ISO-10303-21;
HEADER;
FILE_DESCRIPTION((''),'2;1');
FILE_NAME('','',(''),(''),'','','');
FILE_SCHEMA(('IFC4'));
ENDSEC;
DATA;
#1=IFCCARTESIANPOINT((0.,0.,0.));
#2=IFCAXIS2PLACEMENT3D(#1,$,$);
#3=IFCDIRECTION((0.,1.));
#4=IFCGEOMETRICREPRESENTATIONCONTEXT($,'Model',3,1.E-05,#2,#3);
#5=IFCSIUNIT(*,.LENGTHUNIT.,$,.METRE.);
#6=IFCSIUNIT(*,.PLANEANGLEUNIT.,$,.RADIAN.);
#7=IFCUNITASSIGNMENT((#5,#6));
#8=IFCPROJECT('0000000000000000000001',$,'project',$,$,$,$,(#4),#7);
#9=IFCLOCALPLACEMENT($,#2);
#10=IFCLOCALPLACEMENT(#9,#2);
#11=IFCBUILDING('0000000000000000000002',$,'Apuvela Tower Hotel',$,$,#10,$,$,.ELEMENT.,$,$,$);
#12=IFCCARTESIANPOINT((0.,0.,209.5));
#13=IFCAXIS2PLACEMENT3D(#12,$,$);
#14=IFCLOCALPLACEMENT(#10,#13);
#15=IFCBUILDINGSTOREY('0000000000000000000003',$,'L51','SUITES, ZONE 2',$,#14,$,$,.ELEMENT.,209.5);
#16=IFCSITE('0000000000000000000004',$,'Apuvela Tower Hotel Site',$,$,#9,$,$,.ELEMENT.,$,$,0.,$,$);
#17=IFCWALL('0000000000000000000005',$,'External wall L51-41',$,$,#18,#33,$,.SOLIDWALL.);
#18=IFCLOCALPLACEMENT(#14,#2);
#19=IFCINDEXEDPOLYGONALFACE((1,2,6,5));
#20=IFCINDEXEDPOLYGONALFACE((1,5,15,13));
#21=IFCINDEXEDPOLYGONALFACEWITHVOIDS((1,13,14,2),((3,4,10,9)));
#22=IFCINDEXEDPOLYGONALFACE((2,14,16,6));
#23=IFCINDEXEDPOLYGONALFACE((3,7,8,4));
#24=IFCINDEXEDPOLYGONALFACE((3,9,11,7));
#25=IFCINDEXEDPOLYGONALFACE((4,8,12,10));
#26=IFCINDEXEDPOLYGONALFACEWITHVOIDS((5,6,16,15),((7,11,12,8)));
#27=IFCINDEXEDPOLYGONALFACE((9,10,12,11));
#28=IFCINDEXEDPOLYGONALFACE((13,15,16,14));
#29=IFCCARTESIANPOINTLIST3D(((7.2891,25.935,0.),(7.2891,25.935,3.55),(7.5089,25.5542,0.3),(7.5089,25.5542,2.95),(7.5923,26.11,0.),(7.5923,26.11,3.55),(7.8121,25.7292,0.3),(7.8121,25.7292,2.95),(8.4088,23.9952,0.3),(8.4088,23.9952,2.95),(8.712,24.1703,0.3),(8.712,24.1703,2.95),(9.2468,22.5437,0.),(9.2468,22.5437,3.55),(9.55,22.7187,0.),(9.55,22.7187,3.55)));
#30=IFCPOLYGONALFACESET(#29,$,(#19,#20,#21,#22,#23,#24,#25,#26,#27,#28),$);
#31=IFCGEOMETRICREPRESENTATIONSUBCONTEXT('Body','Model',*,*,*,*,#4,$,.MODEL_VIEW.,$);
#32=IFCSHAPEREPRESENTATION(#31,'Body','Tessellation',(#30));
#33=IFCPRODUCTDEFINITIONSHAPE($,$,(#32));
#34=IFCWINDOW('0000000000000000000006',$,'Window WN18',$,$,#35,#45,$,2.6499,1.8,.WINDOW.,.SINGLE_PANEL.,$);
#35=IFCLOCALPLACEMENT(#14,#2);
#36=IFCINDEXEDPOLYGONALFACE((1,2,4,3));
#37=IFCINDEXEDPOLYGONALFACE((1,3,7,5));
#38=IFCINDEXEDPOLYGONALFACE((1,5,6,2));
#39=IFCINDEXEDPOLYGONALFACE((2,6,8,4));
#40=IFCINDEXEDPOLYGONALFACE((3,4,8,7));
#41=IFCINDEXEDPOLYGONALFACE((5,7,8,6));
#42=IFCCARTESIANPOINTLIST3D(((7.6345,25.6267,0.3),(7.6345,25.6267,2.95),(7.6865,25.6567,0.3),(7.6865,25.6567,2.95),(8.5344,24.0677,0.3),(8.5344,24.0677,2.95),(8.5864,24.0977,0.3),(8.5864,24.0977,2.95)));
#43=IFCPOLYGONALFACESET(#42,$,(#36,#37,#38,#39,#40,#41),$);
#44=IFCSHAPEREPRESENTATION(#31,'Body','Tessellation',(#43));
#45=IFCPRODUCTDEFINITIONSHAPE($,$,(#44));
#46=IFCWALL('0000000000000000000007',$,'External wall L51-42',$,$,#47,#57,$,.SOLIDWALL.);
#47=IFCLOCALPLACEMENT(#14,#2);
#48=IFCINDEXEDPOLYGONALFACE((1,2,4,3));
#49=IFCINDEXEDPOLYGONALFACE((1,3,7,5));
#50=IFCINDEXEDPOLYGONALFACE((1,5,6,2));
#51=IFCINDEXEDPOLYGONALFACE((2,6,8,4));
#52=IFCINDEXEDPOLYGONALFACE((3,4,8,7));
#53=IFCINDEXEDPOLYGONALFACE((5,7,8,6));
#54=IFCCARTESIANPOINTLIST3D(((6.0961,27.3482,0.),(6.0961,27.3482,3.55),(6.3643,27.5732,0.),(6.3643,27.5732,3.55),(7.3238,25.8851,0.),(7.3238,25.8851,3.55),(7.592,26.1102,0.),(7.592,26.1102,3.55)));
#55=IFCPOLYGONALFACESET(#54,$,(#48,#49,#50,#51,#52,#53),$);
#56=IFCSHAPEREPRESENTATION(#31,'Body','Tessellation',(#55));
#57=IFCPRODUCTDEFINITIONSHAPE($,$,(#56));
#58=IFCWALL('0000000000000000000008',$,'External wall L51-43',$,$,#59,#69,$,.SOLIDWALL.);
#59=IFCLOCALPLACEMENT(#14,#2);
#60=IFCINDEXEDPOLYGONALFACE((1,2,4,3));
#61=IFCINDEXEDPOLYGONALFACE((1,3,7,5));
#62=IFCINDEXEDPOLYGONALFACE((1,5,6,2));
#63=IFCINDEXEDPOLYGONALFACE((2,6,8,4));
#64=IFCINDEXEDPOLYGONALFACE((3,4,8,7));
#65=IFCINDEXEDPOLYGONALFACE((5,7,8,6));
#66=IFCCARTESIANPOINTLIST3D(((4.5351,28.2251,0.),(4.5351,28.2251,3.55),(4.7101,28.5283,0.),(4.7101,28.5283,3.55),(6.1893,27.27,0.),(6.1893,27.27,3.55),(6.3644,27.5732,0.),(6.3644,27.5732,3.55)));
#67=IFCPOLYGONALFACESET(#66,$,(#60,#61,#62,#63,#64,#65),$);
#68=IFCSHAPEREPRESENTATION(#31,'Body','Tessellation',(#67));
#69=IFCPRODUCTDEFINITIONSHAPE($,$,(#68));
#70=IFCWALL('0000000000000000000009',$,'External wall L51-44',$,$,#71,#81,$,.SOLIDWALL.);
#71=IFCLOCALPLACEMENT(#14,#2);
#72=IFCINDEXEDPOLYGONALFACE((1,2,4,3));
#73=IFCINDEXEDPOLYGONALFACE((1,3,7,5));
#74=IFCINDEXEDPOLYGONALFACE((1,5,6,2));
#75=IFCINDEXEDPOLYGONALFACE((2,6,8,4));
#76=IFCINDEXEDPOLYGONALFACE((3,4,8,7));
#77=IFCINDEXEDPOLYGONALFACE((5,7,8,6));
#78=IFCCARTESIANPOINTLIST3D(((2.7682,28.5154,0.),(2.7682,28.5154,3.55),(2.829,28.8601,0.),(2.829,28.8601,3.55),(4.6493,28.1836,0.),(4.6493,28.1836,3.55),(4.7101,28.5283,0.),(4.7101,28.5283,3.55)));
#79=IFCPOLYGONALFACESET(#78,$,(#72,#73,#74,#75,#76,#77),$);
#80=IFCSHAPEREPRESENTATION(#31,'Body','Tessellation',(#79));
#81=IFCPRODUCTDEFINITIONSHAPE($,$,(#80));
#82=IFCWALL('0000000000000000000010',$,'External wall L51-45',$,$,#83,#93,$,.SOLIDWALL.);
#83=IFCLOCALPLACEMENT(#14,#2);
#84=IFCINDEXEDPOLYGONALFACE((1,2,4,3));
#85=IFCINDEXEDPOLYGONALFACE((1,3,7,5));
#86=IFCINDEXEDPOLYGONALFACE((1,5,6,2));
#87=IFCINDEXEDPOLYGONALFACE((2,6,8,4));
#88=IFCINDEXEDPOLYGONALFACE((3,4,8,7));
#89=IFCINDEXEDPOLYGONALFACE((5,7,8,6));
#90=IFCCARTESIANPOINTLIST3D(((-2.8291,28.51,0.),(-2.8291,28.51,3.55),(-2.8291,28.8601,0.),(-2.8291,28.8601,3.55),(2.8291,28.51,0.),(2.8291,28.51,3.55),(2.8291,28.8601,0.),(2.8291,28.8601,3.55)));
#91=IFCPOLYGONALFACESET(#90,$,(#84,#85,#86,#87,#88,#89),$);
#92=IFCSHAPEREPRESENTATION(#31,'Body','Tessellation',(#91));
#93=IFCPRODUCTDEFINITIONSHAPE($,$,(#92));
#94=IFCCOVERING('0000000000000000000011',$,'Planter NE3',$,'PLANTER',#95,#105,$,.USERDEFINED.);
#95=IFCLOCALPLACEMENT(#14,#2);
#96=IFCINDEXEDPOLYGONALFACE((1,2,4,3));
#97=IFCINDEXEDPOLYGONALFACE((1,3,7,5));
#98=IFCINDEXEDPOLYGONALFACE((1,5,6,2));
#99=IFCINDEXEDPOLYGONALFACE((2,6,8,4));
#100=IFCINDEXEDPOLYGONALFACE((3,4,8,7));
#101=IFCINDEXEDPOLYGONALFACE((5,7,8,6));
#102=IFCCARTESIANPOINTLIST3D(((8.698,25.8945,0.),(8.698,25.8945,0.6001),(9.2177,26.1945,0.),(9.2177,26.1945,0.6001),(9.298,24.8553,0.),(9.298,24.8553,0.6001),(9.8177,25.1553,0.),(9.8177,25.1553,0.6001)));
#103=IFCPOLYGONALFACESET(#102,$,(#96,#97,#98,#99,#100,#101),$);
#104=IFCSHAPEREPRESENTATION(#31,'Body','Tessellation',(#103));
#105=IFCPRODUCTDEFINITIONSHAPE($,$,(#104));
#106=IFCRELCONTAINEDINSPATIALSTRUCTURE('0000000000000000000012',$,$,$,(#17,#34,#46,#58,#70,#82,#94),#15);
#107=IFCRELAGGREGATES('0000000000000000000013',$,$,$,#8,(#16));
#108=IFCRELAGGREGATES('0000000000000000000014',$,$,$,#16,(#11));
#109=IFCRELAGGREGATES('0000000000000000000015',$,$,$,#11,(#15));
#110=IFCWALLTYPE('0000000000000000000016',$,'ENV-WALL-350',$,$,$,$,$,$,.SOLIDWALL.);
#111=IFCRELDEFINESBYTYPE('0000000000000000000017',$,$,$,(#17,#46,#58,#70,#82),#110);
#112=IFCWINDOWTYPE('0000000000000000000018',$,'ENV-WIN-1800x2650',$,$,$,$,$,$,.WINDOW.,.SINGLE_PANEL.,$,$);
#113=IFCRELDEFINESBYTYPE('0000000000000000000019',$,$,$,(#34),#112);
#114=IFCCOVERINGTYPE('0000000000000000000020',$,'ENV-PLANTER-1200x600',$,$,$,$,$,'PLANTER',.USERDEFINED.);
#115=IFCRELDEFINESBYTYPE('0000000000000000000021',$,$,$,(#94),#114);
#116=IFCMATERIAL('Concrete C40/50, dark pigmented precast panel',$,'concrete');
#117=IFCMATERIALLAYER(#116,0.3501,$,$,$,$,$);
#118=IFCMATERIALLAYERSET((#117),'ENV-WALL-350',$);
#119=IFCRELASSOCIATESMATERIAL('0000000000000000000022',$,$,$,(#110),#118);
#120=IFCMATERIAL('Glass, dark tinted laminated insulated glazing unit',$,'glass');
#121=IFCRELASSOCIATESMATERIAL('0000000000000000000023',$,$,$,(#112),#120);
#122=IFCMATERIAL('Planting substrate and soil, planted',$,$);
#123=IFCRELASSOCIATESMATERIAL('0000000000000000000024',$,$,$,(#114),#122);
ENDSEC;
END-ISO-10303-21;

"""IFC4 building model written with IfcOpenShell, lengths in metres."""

from ifc_helpers import new_model, si_unit, direction, frame, frame_2d, origin, origin_2d, place, context, subcontext, project, spatial, rectangle, extrude, material, layer, layer_set, type_object, element, fill, save


model = new_model("IFC4")

# Units and contexts
model_context = context("Model", 3, precision=1e-05, world=origin(), true_north=direction((0.0, 1.0)))
body_context = subcontext(model_context, "Body", "Model", "MODEL_VIEW")
ifc_project = project(units=[si_unit("LENGTHUNIT", "METRE"), si_unit("PLANEANGLEUNIT", "RADIAN")], contexts=[model_context])

# Site, building, storey
site_placement = place(None, origin())
site = spatial("IfcSite", under=ifc_project, at=site_placement, Name="Apuvela Tower Hotel Site", CompositionType="ELEMENT", RefElevation=0.0)
building_placement = place(site_placement, origin())
building = spatial("IfcBuilding", under=site, at=building_placement, Name="Apuvela Tower Hotel", CompositionType="ELEMENT")
storey_placement = place(building_placement, frame((0.0, 0.0, 209.5)))
storey = spatial("IfcBuildingStorey", under=building, at=storey_placement, Name="L51", Description="SUITES, ZONE 2", CompositionType="ELEMENT", Elevation=209.5)

# Shared definitions
ifc_material_1 = material(Name="Concrete C40/50, dark pigmented precast panel", Category="concrete")
ifc_layer_1 = layer(ifc_material_1, 0.3501)
ifc_layer_set_1 = layer_set([ifc_layer_1], Name="ENV-WALL-350")
wall_type_1 = type_object("IfcWallType", Name="ENV-WALL-350", PredefinedType="SOLIDWALL", material=ifc_layer_set_1)

# Wall, opening, window
wall_1_placement = place(storey_placement, frame((9.3984, 22.6311, 0.0), z_axis=(0.0, 0.0, 1.0), x_axis=(-0.499955, 0.866052, 0.0)))
wall_1 = element("IfcWall", 1, at=wall_1_placement, inside=storey, type_object=wall_type_1, Name="External wall L51-41", PredefinedType="SOLIDWALL", context=body_context, shape_type="SweptSolid", body=[
    extrude(rectangle(XDim=3.9158, YDim=0.3501, at=frame_2d((1.958, 0.0))), origin(), (0.0, 0.0, 1.0), 3.55),
])
opening_placement = place(wall_1_placement, frame((1.6763, 0.0, 0.3)))
opening = element("IfcOpeningElement", 2, at=opening_placement, cuts=wall_1, PredefinedType="OPENING", context=body_context, shape_type="SweptSolid", body=[
    extrude(rectangle(XDim=1.8, YDim=2.6499, at=frame_2d((0.8999, 1.325))), frame((0.0, 0.1851, 0.0), z_axis=(0.0, -1.0, 0.0), x_axis=(1.0, 0.0, 0.0)), (0.0, 0.0, 1.0), 0.3701),
])
ifc_material_2 = material(Name="Glass, dark tinted laminated insulated glazing unit", Category="glass")
window_type = type_object("IfcWindowType", Name="ENV-WIN-1800x2650", PartitioningType="SINGLE_PANEL", PredefinedType="WINDOW", material=ifc_material_2)
window_placement = place(opening_placement, origin())
window = element("IfcWindow", 3, at=window_placement, inside=storey, type_object=window_type, Name="Window WN18", OverallHeight=2.6499, OverallWidth=1.8, PartitioningType="SINGLE_PANEL", PredefinedType="WINDOW", context=body_context, shape_type="SweptSolid", body=[
    extrude(rectangle(XDim=1.8, YDim=2.6499, at=frame_2d((0.8999, 1.325))), frame((0.0, 0.03, 0.0), z_axis=(0.0, -1.0, 0.0), x_axis=(1.0, 0.0, 0.0)), (0.0, 0.0, 1.0), 0.0601),
])
fill(opening, window)

# Walls
wall_2_placement = place(storey_placement, frame((7.458, 25.9976, 0.0), z_axis=(0.0, 0.0, 1.0), x_axis=(-0.642808, 0.766027, 0.0)))
element("IfcWall", 4, at=wall_2_placement, inside=storey, type_object=wall_type_1, Name="External wall L51-42", PredefinedType="SOLIDWALL", context=body_context, shape_type="SweptSolid", body=[
    extrude(rectangle(XDim=1.9099, YDim=0.3501, at=frame_2d((0.9551, 0.0))), origin(), (0.0, 0.0, 1.0), 3.55),
])
for number, where, z_axis, x_axis, name in (
    (5, (6.2769, 27.4216, 0.0), (0.0, 0.0, 1.0), (-0.866032, 0.499988, 0.0), "External wall L51-43"),
    (6, (4.6797, 28.356, 0.0), (0.0, 0.0, 1.0), (-0.984799, 0.173698, 0.0), "External wall L51-44"),
):
    element("IfcWall", number, at=place(storey_placement, frame(where, z_axis=z_axis, x_axis=x_axis)), inside=storey, type_object=wall_type_1, Name=name, PredefinedType="SOLIDWALL", context=body_context, shape_type="SweptSolid", body=[
        extrude(rectangle(XDim=1.9102, YDim=0.3501, at=frame_2d((0.9551, 0.0))), origin(), (0.0, 0.0, 1.0), 3.55),
    ])
wall_3_placement = place(storey_placement, frame((2.8291, 28.6851, 0.0), z_axis=(0.0, 0.0, 1.0), x_axis=(-1.0, 0.0, 0.0)))
element("IfcWall", 7, at=wall_3_placement, inside=storey, type_object=wall_type_1, Name="External wall L51-45", PredefinedType="SOLIDWALL", context=body_context, shape_type="SweptSolid", body=[
    extrude(rectangle(XDim=5.6582, YDim=0.3501, at=frame_2d((2.8291, 0.0))), origin(), (0.0, 0.0, 1.0), 3.55),
])

# Covering
ifc_material_3 = material(Name="Planting substrate and soil, planted")
covering_type = type_object("IfcCoveringType", Name="ENV-PLANTER-1200x600", ElementType="PLANTER", PredefinedType="USERDEFINED", material=ifc_material_3)
covering_placement = place(storey_placement, frame((9.2578, 25.5249, 0.0), z_axis=(0.0, 0.0, 1.0), x_axis=(-0.5, 0.866025, 0.0)))
element("IfcCovering", 8, at=covering_placement, inside=storey, type_object=covering_type, Name="Planter NE3", ObjectType="PLANTER", PredefinedType="USERDEFINED", context=body_context, shape_type="SweptSolid", body=[
    extrude(rectangle(XDim=1.2, YDim=0.6001, at=origin_2d()), origin(), (0.0, 0.0, 1.0), 0.6001),
])

save(model, "model.ifc")
